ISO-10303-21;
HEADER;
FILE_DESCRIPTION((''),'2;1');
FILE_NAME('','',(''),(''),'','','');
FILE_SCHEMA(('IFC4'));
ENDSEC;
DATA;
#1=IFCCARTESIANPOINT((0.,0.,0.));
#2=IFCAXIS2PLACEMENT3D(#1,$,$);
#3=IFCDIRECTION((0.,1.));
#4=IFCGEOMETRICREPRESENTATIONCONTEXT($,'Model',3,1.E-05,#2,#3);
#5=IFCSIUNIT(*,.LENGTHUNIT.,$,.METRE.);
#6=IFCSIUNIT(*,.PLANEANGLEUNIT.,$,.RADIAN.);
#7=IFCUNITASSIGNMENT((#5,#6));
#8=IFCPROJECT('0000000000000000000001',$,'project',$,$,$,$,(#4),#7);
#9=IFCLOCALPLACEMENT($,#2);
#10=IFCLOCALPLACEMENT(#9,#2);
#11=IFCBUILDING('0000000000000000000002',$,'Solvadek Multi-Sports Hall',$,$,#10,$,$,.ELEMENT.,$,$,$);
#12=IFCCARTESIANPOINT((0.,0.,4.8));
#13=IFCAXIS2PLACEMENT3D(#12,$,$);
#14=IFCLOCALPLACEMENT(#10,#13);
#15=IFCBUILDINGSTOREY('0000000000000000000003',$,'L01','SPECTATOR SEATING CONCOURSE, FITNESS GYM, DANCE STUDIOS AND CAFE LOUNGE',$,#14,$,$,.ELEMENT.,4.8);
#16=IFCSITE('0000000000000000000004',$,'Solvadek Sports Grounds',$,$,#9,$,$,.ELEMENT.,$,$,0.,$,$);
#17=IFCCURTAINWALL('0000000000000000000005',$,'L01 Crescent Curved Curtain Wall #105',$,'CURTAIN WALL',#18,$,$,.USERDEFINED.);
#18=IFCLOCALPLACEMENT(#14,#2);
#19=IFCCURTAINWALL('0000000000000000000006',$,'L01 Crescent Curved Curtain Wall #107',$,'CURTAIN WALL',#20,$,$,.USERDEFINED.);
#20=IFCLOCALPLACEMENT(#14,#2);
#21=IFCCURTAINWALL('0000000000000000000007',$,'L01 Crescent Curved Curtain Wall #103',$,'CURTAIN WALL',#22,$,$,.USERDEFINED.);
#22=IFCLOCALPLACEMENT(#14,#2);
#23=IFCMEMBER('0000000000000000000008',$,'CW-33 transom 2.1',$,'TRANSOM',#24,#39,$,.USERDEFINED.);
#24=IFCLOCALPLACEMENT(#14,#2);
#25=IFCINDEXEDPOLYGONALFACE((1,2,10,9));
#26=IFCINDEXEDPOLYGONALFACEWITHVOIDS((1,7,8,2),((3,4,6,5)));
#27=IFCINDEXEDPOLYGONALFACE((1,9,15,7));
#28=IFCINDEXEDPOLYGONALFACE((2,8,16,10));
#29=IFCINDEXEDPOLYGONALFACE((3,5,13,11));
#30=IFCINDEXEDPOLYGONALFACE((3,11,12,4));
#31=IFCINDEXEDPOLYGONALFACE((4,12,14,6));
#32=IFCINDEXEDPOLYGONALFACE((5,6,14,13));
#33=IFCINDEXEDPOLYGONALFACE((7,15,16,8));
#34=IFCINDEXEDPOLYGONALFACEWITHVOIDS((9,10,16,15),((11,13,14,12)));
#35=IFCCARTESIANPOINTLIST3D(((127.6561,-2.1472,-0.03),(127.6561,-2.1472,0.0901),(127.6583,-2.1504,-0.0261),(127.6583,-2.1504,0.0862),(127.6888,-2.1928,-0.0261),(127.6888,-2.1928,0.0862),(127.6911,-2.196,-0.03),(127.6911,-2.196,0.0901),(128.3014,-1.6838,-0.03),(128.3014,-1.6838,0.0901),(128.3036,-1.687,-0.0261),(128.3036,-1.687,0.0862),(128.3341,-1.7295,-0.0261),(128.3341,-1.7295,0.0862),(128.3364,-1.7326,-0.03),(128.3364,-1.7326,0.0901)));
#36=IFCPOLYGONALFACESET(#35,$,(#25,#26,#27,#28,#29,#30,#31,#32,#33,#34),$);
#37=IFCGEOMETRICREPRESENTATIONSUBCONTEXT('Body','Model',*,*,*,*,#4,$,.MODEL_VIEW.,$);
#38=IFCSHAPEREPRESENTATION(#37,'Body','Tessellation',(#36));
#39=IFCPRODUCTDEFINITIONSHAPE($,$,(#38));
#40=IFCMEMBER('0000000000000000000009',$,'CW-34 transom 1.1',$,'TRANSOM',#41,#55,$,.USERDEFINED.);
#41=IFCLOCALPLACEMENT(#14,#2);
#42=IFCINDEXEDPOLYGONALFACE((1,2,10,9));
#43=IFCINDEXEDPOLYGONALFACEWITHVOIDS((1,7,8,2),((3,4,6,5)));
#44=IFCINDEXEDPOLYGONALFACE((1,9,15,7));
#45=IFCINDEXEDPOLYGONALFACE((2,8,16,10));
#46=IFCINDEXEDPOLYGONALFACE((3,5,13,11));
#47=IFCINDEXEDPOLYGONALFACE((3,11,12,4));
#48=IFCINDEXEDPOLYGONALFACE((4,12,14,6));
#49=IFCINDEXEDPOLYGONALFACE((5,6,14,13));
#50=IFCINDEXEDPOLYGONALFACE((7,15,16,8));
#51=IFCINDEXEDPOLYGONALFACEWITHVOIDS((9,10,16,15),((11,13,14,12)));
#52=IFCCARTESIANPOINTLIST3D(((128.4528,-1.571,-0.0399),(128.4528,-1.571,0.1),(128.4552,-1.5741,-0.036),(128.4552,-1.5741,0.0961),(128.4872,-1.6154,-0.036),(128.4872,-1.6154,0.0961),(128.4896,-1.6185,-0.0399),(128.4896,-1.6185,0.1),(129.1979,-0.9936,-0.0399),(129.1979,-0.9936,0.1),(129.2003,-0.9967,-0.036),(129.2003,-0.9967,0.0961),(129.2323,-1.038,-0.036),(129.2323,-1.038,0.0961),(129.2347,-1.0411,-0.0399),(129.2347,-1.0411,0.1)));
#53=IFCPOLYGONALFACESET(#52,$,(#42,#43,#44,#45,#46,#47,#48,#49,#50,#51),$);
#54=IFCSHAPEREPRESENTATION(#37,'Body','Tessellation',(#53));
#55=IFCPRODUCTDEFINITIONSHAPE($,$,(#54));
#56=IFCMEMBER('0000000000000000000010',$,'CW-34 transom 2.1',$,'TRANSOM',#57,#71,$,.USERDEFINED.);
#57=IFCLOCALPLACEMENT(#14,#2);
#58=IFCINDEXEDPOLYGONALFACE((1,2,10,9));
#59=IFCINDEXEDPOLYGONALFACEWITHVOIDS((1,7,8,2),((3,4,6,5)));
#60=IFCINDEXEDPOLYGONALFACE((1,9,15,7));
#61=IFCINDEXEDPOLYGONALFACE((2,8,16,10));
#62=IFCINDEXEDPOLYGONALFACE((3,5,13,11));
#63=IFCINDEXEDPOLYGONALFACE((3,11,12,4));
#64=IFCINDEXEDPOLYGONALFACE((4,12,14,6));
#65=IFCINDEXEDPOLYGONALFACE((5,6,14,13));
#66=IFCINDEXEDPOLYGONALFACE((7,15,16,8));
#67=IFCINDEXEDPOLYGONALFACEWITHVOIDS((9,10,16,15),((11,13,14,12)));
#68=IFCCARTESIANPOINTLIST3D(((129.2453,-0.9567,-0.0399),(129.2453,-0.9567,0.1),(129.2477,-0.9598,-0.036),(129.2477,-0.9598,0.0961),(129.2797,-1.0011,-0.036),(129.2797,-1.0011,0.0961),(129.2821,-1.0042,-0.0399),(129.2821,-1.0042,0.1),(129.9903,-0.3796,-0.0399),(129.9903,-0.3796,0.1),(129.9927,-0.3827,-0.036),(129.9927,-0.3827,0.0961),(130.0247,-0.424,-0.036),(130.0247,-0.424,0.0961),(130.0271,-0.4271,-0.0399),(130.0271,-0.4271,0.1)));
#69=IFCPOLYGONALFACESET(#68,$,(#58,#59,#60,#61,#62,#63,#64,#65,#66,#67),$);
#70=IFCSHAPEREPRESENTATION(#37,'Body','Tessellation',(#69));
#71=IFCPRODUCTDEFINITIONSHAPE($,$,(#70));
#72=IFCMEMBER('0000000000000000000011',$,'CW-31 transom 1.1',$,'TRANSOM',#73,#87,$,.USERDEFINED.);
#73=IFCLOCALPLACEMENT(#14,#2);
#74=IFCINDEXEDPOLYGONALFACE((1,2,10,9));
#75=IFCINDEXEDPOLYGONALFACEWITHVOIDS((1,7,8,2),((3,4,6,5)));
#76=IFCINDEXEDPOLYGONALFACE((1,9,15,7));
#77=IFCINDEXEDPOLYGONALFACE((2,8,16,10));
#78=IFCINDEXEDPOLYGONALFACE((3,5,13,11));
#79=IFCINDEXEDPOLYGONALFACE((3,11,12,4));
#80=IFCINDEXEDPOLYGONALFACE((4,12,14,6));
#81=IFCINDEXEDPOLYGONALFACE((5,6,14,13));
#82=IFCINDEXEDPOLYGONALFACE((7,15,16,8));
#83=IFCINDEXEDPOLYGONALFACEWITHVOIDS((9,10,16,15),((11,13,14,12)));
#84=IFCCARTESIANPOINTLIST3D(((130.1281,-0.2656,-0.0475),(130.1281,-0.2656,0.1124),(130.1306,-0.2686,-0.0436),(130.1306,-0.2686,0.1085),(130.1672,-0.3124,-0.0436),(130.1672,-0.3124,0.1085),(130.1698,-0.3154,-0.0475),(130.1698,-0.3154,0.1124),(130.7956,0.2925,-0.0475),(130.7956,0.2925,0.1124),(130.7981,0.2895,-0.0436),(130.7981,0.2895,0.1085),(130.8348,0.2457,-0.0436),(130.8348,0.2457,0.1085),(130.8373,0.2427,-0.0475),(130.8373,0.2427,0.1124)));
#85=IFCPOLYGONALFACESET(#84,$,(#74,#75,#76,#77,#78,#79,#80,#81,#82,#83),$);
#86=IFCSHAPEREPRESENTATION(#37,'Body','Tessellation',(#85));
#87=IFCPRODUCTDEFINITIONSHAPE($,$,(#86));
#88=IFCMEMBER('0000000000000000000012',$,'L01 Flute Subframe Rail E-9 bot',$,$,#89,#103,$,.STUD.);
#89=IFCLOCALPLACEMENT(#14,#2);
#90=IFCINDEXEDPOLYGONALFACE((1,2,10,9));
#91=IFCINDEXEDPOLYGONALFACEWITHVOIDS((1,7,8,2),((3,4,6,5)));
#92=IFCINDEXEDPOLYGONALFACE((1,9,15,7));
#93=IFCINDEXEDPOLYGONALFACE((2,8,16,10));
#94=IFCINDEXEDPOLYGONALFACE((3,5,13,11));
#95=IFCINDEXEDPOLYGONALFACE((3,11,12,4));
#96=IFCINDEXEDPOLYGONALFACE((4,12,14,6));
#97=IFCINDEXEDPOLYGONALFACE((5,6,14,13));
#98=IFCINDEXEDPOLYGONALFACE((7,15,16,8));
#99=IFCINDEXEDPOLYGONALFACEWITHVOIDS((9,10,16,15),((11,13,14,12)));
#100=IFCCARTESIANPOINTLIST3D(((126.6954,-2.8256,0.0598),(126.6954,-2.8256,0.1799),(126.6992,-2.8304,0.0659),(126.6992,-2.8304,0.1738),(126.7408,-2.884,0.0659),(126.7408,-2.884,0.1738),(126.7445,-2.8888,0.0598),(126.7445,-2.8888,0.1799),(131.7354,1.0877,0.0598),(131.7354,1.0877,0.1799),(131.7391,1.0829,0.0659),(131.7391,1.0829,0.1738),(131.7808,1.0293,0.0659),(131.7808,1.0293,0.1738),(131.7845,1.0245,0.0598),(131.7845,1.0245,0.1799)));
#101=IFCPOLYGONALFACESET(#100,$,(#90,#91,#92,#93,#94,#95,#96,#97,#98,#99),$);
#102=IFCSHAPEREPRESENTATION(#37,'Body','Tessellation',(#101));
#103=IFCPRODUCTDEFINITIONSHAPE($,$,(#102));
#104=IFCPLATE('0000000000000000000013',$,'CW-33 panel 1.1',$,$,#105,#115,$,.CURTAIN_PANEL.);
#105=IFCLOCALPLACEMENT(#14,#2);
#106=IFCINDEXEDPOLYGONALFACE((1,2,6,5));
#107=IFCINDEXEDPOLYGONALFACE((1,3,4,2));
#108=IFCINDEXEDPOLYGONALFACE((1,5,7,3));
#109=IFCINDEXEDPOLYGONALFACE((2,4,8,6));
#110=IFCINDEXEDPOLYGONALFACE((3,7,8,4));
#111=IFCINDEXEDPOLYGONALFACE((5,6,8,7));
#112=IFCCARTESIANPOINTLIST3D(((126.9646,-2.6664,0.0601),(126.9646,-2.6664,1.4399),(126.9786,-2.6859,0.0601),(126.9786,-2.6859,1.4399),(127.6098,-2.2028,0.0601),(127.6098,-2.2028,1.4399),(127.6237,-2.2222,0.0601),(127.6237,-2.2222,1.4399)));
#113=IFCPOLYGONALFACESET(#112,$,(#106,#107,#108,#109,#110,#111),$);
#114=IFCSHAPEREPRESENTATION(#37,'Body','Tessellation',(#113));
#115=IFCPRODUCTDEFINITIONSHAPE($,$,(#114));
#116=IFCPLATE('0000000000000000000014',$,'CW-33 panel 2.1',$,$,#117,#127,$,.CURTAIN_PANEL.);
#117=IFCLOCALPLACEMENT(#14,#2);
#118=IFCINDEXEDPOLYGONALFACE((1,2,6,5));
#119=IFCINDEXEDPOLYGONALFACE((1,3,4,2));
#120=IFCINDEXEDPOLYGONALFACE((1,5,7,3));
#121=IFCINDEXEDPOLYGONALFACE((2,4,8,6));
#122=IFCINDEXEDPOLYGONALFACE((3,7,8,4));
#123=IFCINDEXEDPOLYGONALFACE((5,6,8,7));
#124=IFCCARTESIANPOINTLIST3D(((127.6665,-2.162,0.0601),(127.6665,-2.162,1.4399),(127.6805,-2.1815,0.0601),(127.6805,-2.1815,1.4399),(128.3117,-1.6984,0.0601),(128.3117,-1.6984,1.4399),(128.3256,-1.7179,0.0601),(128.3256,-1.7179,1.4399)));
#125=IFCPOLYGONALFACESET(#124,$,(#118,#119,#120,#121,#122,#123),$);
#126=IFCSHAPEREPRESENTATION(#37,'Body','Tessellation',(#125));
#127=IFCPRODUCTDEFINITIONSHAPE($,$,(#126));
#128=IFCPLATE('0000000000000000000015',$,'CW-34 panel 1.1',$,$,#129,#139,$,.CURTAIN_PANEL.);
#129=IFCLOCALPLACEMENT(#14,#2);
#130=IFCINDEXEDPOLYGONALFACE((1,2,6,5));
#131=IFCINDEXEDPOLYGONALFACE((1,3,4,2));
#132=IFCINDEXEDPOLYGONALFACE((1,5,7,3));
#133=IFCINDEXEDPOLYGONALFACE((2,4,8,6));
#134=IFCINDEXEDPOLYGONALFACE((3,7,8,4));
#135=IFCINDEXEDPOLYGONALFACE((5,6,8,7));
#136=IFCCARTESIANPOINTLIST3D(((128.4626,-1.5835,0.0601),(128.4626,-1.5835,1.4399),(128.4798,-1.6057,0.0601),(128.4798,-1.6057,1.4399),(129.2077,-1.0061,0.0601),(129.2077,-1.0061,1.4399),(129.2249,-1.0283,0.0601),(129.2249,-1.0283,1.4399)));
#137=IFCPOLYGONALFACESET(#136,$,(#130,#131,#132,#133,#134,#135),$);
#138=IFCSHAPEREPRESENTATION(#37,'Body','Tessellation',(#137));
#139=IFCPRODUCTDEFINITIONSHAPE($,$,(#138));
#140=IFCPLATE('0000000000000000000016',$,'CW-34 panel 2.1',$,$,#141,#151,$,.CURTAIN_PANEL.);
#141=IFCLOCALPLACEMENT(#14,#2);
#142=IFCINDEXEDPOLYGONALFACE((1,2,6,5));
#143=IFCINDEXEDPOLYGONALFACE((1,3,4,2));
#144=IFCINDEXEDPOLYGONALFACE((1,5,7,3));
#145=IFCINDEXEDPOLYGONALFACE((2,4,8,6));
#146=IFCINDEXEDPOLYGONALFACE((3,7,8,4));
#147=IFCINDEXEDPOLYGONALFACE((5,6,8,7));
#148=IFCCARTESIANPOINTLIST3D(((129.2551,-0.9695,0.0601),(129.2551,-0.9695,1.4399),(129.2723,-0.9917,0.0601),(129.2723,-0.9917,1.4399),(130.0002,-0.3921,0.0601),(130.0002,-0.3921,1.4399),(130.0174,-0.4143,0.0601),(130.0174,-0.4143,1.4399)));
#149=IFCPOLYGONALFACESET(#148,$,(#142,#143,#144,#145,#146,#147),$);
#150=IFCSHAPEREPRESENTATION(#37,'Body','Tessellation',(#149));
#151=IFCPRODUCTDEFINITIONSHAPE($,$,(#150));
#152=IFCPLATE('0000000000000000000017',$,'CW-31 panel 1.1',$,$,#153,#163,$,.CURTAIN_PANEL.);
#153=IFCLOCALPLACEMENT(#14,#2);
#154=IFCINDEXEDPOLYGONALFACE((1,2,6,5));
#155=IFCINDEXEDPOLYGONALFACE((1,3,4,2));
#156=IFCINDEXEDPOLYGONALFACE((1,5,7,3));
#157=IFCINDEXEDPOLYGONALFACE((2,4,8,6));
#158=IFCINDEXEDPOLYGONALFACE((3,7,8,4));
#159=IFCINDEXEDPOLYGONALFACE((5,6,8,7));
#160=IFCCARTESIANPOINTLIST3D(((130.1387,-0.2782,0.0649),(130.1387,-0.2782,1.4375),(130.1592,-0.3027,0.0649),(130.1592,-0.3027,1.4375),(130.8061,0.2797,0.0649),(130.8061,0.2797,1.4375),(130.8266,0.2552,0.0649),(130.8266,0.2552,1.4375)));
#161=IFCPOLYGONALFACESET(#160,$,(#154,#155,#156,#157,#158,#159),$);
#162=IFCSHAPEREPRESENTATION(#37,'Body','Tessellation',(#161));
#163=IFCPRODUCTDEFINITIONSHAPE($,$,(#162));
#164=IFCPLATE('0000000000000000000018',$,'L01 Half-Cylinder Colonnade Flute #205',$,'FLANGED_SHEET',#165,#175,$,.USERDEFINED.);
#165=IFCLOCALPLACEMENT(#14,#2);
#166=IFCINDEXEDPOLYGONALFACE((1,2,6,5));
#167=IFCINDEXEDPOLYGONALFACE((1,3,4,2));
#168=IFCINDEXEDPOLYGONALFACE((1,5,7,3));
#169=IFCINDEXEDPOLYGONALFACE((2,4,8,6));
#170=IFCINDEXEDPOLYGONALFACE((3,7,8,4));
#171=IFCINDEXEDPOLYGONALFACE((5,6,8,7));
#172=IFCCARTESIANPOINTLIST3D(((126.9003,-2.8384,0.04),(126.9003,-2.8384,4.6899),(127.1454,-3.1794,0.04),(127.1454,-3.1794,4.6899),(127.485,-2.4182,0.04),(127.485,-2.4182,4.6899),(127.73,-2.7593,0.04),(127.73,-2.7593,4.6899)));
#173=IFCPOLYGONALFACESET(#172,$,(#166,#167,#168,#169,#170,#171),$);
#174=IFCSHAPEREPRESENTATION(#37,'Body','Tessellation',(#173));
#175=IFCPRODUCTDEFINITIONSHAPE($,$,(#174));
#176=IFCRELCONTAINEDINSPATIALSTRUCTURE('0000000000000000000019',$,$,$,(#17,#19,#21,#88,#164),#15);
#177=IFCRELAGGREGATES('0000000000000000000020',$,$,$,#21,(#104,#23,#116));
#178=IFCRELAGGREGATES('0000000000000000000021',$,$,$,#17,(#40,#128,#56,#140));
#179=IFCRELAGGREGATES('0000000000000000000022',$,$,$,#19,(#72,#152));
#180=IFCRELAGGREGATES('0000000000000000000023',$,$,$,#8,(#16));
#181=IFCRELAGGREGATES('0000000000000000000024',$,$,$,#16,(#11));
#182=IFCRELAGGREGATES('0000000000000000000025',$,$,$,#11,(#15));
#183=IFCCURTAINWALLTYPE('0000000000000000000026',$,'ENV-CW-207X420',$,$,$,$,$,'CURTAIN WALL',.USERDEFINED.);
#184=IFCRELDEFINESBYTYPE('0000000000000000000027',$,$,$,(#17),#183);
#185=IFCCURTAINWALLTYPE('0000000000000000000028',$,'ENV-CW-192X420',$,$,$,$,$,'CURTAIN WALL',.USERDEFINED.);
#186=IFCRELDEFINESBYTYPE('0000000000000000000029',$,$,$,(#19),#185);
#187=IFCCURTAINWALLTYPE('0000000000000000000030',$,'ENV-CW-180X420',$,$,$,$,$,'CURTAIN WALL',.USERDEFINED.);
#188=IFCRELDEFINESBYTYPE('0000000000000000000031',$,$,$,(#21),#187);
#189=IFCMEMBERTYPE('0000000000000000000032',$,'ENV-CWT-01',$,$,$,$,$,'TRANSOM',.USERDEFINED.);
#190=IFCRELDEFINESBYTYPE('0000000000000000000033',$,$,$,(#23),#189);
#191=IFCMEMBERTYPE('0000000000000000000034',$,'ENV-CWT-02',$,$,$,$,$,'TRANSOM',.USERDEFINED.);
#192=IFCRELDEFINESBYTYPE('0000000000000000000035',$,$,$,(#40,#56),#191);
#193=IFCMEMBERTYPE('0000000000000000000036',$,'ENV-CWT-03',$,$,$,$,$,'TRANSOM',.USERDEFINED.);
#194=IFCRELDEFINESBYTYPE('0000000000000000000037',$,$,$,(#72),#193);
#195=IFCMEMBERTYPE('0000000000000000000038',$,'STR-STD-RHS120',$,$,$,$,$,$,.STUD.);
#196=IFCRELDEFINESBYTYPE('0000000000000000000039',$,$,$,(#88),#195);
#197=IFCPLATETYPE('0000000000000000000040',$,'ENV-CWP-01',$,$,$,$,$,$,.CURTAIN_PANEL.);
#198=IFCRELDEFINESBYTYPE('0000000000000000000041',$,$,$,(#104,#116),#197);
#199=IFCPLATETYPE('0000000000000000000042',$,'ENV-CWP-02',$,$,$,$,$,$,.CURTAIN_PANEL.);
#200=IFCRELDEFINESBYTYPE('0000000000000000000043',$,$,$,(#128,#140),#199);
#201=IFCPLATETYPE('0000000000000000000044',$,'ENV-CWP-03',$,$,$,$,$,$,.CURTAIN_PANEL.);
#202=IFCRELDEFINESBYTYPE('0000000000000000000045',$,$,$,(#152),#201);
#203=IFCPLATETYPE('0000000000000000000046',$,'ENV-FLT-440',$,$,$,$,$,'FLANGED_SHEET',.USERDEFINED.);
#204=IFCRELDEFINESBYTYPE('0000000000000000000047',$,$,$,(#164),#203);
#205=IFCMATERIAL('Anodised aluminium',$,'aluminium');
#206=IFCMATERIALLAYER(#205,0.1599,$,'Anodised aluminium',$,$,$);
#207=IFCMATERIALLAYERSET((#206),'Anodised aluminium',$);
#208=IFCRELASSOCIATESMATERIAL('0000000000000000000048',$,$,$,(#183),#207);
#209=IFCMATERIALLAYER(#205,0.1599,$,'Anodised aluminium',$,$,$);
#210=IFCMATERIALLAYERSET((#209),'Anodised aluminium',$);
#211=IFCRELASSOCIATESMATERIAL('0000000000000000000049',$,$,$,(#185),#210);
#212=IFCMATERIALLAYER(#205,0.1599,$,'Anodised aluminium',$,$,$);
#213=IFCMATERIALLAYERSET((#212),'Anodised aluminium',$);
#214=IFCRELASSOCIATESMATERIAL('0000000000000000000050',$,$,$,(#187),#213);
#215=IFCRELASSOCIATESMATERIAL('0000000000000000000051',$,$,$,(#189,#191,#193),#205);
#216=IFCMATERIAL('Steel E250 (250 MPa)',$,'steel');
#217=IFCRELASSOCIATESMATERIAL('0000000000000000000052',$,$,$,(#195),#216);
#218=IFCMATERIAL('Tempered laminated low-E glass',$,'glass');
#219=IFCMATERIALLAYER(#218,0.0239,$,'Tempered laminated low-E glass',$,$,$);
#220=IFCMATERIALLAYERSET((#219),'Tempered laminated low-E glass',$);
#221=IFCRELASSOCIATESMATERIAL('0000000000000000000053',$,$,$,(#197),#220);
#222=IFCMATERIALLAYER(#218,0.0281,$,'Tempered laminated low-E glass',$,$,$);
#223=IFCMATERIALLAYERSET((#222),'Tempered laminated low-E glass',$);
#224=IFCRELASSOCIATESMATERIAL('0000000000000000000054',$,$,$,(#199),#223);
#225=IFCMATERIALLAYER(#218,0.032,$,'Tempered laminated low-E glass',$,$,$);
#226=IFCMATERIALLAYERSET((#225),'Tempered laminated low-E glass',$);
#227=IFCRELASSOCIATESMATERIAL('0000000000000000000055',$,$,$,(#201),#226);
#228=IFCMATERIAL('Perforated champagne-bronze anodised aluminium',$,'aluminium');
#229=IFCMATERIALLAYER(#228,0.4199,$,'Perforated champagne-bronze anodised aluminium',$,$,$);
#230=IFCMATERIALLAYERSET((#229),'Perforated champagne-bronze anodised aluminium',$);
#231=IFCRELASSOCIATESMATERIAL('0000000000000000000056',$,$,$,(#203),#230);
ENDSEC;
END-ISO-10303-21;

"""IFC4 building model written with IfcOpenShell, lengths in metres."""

from ifc_helpers import new_model, si_unit, direction, frame, origin, origin_2d, place, context, subcontext, project, spatial, rectangle, hollow_rectangle, extrude, material, layer, layer_set, material_profile, profile_set, type_object, element, aggregate, save


model = new_model("IFC4")

# Units and contexts
model_context = context("Model", 3, precision=1e-05, world=origin(), true_north=direction((0.0, 1.0)))
body_context = subcontext(model_context, "Body", "Model", "MODEL_VIEW")
ifc_project = project(units=[si_unit("LENGTHUNIT", "METRE"), si_unit("PLANEANGLEUNIT", "RADIAN")], contexts=[model_context])

# Site, building, storey
site_placement = place(None, origin())
site = spatial("IfcSite", under=ifc_project, at=site_placement, Name="Solvadek Sports Grounds", CompositionType="ELEMENT", RefElevation=0.0)
building_placement = place(site_placement, origin())
building = spatial("IfcBuilding", under=site, at=building_placement, Name="Solvadek Multi-Sports Hall", CompositionType="ELEMENT")
storey_placement = place(building_placement, frame((0.0, 0.0, 4.8)))
storey = spatial("IfcBuildingStorey", under=building, at=storey_placement, Name="L01", Description="SPECTATOR SEATING CONCOURSE, FITNESS GYM, DANCE STUDIOS AND CAFE LOUNGE", CompositionType="ELEMENT", Elevation=4.8)

# Curtain wall
ifc_material_1 = material(Name="Anodised aluminium", Category="aluminium")
ifc_layer_1 = layer(ifc_material_1, 0.1599, Name="Anodised aluminium")
ifc_layer_set_1 = layer_set([ifc_layer_1], Name="Anodised aluminium")
curtain_wall_type_1 = type_object("IfcCurtainWallType", Name="ENV-CW-207X420", ElementType="CURTAIN WALL", PredefinedType="USERDEFINED", material=ifc_layer_set_1)
curtain_wall_1_placement = place(storey_placement, origin())
curtain_wall_1 = element("IfcCurtainWall", 1, at=curtain_wall_1_placement, inside=storey, type_object=curtain_wall_type_1, Name="L01 Crescent Curved Curtain Wall #105", ObjectType="CURTAIN WALL", PredefinedType="USERDEFINED")

# Curtain wall
ifc_layer_2 = layer(ifc_material_1, 0.1599, Name="Anodised aluminium")
ifc_layer_set_2 = layer_set([ifc_layer_2], Name="Anodised aluminium")
curtain_wall_type_2 = type_object("IfcCurtainWallType", Name="ENV-CW-192X420", ElementType="CURTAIN WALL", PredefinedType="USERDEFINED", material=ifc_layer_set_2)
curtain_wall_2_placement = place(storey_placement, origin())
curtain_wall_2 = element("IfcCurtainWall", 2, at=curtain_wall_2_placement, inside=storey, type_object=curtain_wall_type_2, Name="L01 Crescent Curved Curtain Wall #107", ObjectType="CURTAIN WALL", PredefinedType="USERDEFINED")

# Curtain wall, member
ifc_layer_3 = layer(ifc_material_1, 0.1599, Name="Anodised aluminium")
ifc_layer_set_3 = layer_set([ifc_layer_3], Name="Anodised aluminium")
curtain_wall_type_3 = type_object("IfcCurtainWallType", Name="ENV-CW-180X420", ElementType="CURTAIN WALL", PredefinedType="USERDEFINED", material=ifc_layer_set_3)
curtain_wall_3_placement = place(storey_placement, origin())
curtain_wall_3 = element("IfcCurtainWall", 3, at=curtain_wall_3_placement, inside=storey, type_object=curtain_wall_type_3, Name="L01 Crescent Curved Curtain Wall #103", ObjectType="CURTAIN WALL", PredefinedType="USERDEFINED")
ifc_material_profile_1 = material_profile(ifc_material_1, hollow_rectangle(XDim=0.0601, YDim=0.1201, WallThickness=0.0039, at=origin_2d()), Name="ALU-T 120x60x4")
ifc_profile_set_1 = profile_set([ifc_material_profile_1], Name="Anodised aluminium")
member_type_1 = type_object("IfcMemberType", Name="ENV-CWT-01", ElementType="TRANSOM", PredefinedType="USERDEFINED", material=ifc_profile_set_1)
member_1_placement = place(storey_placement, frame((127.6736, -2.1716, 0.03), z_axis=(0.812257, 0.5833, 0.0), x_axis=(-0.5833, 0.812257, 0.0)))
member_1 = element("IfcMember", 4, at=member_1_placement, type_object=member_type_1, Name="CW-33 transom 2.1", ObjectType="TRANSOM", PredefinedType="USERDEFINED", context=body_context, shape_type="SweptSolid", body=[
    extrude(hollow_rectangle(XDim=0.0601, YDim=0.1201, WallThickness=0.0039, at=origin_2d()), origin(), (0.0, 0.0, 1.0), 0.7944),
])

# Members
ifc_material_profile_2 = material_profile(ifc_material_1, hollow_rectangle(XDim=0.0601, YDim=0.1399, WallThickness=0.0039, at=origin_2d()), Name="ALU-T 140x60x4")
ifc_profile_set_2 = profile_set([ifc_material_profile_2], Name="Anodised aluminium")
member_type_2 = type_object("IfcMemberType", Name="ENV-CWT-02", ElementType="TRANSOM", PredefinedType="USERDEFINED", material=ifc_profile_set_2)
member_2_placement = place(storey_placement, frame((128.4712, -1.5947, 0.03), z_axis=(0.790453, 0.612523, 0.0), x_axis=(-0.612523, 0.790453, 0.0)))
member_2 = element("IfcMember", 5, at=member_2_placement, type_object=member_type_2, Name="CW-34 transom 1.1", ObjectType="TRANSOM", PredefinedType="USERDEFINED", context=body_context, shape_type="SweptSolid", body=[
    extrude(hollow_rectangle(XDim=0.0601, YDim=0.1399, WallThickness=0.0039, at=origin_2d()), origin(), (0.0, 0.0, 1.0), 0.9426),
])
member_3_placement = place(storey_placement, frame((129.2637, -0.9805, 0.03), z_axis=(0.790578, 0.612361, 0.0), x_axis=(-0.612361, 0.790578, 0.0)))
member_3 = element("IfcMember", 6, at=member_3_placement, type_object=member_type_2, Name="CW-34 transom 2.1", ObjectType="TRANSOM", PredefinedType="USERDEFINED", context=body_context, shape_type="SweptSolid", body=[
    extrude(hollow_rectangle(XDim=0.0601, YDim=0.1399, WallThickness=0.0039, at=origin_2d()), origin(), (0.0, 0.0, 1.0), 0.9424),
])
ifc_material_profile_3 = material_profile(ifc_material_1, hollow_rectangle(XDim=0.0649, YDim=0.1599, WallThickness=0.0039, at=origin_2d()), Name="ALU-T 160x65x4")
ifc_profile_set_3 = profile_set([ifc_material_profile_3], Name="Anodised aluminium")
member_type_3 = type_object("IfcMemberType", Name="ENV-CWT-03", ElementType="TRANSOM", PredefinedType="USERDEFINED", material=ifc_profile_set_3)
member_4_placement = place(storey_placement, frame((130.1489, -0.2905, 0.0325), z_axis=(0.767162, 0.641453, 0.0), x_axis=(-0.641453, 0.767162, 0.0)))
member_4 = element("IfcMember", 7, at=member_4_placement, type_object=member_type_3, Name="CW-31 transom 1.1", ObjectType="TRANSOM", PredefinedType="USERDEFINED", context=body_context, shape_type="SweptSolid", body=[
    extrude(hollow_rectangle(XDim=0.0649, YDim=0.1599, WallThickness=0.0039, at=origin_2d()), origin(), (0.0, 0.0, 1.0), 0.8701),
])
ifc_material_2 = material(Name="Steel E250 (250 MPa)", Category="steel")
ifc_material_profile_4 = material_profile(ifc_material_2, hollow_rectangle(XDim=0.0801, YDim=0.1201, WallThickness=0.0061, at=origin_2d()), Name="RHS 120x80x6")
ifc_profile_set_4 = profile_set([ifc_material_profile_4], Name="Steel E250 (250 MPa)")
member_type_4 = type_object("IfcMemberType", Name="STR-STD-RHS120", PredefinedType="STUD", material=ifc_profile_set_4)
member_5_placement = place(storey_placement, frame((126.72, -2.8572, 0.1199), z_axis=(0.789861, 0.613286, 0.0), x_axis=(-0.613286, 0.789861, 0.0)))
element("IfcMember", 8, at=member_5_placement, inside=storey, type_object=member_type_4, Name="L01 Flute Subframe Rail E-9 bot", PredefinedType="STUD", context=body_context, shape_type="SweptSolid", body=[
    extrude(hollow_rectangle(XDim=0.0801, YDim=0.1201, WallThickness=0.0061, at=origin_2d()), origin(), (0.0, 0.0, 1.0), 6.3809),
])

# Plates
ifc_material_3 = material(Name="Tempered laminated low-E glass", Category="glass")
ifc_layer_4 = layer(ifc_material_3, 0.0239, Name="Tempered laminated low-E glass")
ifc_layer_set_4 = layer_set([ifc_layer_4], Name="Tempered laminated low-E glass")
plate_type_1 = type_object("IfcPlateType", Name="ENV-CWP-01", PredefinedType="CURTAIN_PANEL", material=ifc_layer_set_4)
plate_1_placement = place(storey_placement, frame((127.2942, -2.4443, 0.0601), z_axis=(0.0, 0.0, 1.0), x_axis=(0.812062, 0.583571, 0.0)))
plate_1 = element("IfcPlate", 9, at=plate_1_placement, type_object=plate_type_1, Name="CW-33 panel 1.1", PredefinedType="CURTAIN_PANEL", context=body_context, shape_type="SweptSolid", body=[
    extrude(rectangle(XDim=0.7944, YDim=0.0239, at=origin_2d()), origin(), (0.0, 0.0, 1.0), 1.3799),
])
plate_2_placement = place(storey_placement, frame((127.9961, -1.9399, 0.0601), z_axis=(0.0, 0.0, 1.0), x_axis=(0.812062, 0.583571, 0.0)))
plate_2 = element("IfcPlate", 10, at=plate_2_placement, type_object=plate_type_1, Name="CW-33 panel 2.1", PredefinedType="CURTAIN_PANEL", context=body_context, shape_type="SweptSolid", body=[
    extrude(rectangle(XDim=0.7944, YDim=0.0239, at=origin_2d()), origin(), (0.0, 0.0, 1.0), 1.3799),
])
aggregate(curtain_wall_3, [plate_1, member_1, plate_2])
ifc_layer_5 = layer(ifc_material_3, 0.0281, Name="Tempered laminated low-E glass")
ifc_layer_set_5 = layer_set([ifc_layer_5], Name="Tempered laminated low-E glass")
plate_type_2 = type_object("IfcPlateType", Name="ENV-CWP-02", PredefinedType="CURTAIN_PANEL", material=ifc_layer_set_5)
plate_3_placement = place(storey_placement, frame((128.8438, -1.3059, 0.0601), z_axis=(0.0, 0.0, 1.0), x_axis=(0.790501, 0.612461, 0.0)))
plate_3 = element("IfcPlate", 11, at=plate_3_placement, type_object=plate_type_2, Name="CW-34 panel 1.1", PredefinedType="CURTAIN_PANEL", context=body_context, shape_type="SweptSolid", body=[
    extrude(rectangle(XDim=0.9426, YDim=0.0281, at=origin_2d()), origin(), (0.0, 0.0, 1.0), 1.3799),
])
plate_4_placement = place(storey_placement, frame((129.6362, -0.6919, 0.0601), z_axis=(0.0, 0.0, 1.0), x_axis=(0.790501, 0.612461, 0.0)))
plate_4 = element("IfcPlate", 12, at=plate_4_placement, type_object=plate_type_2, Name="CW-34 panel 2.1", PredefinedType="CURTAIN_PANEL", context=body_context, shape_type="SweptSolid", body=[
    extrude(rectangle(XDim=0.9426, YDim=0.0281, at=origin_2d()), origin(), (0.0, 0.0, 1.0), 1.3799),
])
aggregate(curtain_wall_1, [member_2, plate_3, member_3, plate_4])
ifc_layer_6 = layer(ifc_material_3, 0.032, Name="Tempered laminated low-E glass")
ifc_layer_set_6 = layer_set([ifc_layer_6], Name="Tempered laminated low-E glass")
plate_type_3 = type_object("IfcPlateType", Name="ENV-CWP-03", PredefinedType="CURTAIN_PANEL", material=ifc_layer_set_6)
plate_5_placement = place(storey_placement, frame((130.4827, -0.0115, 0.0649), z_axis=(0.0, 0.0, 1.0), x_axis=(0.767251, 0.641347, 0.0)))
plate_5 = element("IfcPlate", 13, at=plate_5_placement, type_object=plate_type_3, Name="CW-31 panel 1.1", PredefinedType="CURTAIN_PANEL", context=body_context, shape_type="SweptSolid", body=[
    extrude(rectangle(XDim=0.8699, YDim=0.032, at=origin_2d()), origin(), (0.0, 0.0, 1.0), 1.3726),
])
aggregate(curtain_wall_2, [member_4, plate_5])

# Plate
ifc_material_4 = material(Name="Perforated champagne-bronze anodised aluminium", Category="aluminium")
ifc_layer_7 = layer(ifc_material_4, 0.4199, Name="Perforated champagne-bronze anodised aluminium")
ifc_layer_set_7 = layer_set([ifc_layer_7], Name="Perforated champagne-bronze anodised aluminium")
plate_type_4 = type_object("IfcPlateType", Name="ENV-FLT-440", ElementType="FLANGED_SHEET", PredefinedType="USERDEFINED", material=ifc_layer_set_7)
for number, where, z_axis, x_axis, name in (
    (14, (127.3152, -2.7988, 0.04), (0.0, 0.0, 1.0), (0.812061, 0.583572, 0.0), "L01 Half-Cylinder Colonnade Flute #205"),
):
    element("IfcPlate", number, at=place(storey_placement, frame(where, z_axis=z_axis, x_axis=x_axis)), inside=storey, type_object=plate_type_4, Name=name, ObjectType="FLANGED_SHEET", PredefinedType="USERDEFINED", context=body_context, shape_type="SweptSolid", body=[
        extrude(rectangle(XDim=0.72, YDim=0.4199, at=origin_2d()), origin(), (0.0, 0.0, 1.0), 4.6499),
    ])

save(model, "model.ifc")
